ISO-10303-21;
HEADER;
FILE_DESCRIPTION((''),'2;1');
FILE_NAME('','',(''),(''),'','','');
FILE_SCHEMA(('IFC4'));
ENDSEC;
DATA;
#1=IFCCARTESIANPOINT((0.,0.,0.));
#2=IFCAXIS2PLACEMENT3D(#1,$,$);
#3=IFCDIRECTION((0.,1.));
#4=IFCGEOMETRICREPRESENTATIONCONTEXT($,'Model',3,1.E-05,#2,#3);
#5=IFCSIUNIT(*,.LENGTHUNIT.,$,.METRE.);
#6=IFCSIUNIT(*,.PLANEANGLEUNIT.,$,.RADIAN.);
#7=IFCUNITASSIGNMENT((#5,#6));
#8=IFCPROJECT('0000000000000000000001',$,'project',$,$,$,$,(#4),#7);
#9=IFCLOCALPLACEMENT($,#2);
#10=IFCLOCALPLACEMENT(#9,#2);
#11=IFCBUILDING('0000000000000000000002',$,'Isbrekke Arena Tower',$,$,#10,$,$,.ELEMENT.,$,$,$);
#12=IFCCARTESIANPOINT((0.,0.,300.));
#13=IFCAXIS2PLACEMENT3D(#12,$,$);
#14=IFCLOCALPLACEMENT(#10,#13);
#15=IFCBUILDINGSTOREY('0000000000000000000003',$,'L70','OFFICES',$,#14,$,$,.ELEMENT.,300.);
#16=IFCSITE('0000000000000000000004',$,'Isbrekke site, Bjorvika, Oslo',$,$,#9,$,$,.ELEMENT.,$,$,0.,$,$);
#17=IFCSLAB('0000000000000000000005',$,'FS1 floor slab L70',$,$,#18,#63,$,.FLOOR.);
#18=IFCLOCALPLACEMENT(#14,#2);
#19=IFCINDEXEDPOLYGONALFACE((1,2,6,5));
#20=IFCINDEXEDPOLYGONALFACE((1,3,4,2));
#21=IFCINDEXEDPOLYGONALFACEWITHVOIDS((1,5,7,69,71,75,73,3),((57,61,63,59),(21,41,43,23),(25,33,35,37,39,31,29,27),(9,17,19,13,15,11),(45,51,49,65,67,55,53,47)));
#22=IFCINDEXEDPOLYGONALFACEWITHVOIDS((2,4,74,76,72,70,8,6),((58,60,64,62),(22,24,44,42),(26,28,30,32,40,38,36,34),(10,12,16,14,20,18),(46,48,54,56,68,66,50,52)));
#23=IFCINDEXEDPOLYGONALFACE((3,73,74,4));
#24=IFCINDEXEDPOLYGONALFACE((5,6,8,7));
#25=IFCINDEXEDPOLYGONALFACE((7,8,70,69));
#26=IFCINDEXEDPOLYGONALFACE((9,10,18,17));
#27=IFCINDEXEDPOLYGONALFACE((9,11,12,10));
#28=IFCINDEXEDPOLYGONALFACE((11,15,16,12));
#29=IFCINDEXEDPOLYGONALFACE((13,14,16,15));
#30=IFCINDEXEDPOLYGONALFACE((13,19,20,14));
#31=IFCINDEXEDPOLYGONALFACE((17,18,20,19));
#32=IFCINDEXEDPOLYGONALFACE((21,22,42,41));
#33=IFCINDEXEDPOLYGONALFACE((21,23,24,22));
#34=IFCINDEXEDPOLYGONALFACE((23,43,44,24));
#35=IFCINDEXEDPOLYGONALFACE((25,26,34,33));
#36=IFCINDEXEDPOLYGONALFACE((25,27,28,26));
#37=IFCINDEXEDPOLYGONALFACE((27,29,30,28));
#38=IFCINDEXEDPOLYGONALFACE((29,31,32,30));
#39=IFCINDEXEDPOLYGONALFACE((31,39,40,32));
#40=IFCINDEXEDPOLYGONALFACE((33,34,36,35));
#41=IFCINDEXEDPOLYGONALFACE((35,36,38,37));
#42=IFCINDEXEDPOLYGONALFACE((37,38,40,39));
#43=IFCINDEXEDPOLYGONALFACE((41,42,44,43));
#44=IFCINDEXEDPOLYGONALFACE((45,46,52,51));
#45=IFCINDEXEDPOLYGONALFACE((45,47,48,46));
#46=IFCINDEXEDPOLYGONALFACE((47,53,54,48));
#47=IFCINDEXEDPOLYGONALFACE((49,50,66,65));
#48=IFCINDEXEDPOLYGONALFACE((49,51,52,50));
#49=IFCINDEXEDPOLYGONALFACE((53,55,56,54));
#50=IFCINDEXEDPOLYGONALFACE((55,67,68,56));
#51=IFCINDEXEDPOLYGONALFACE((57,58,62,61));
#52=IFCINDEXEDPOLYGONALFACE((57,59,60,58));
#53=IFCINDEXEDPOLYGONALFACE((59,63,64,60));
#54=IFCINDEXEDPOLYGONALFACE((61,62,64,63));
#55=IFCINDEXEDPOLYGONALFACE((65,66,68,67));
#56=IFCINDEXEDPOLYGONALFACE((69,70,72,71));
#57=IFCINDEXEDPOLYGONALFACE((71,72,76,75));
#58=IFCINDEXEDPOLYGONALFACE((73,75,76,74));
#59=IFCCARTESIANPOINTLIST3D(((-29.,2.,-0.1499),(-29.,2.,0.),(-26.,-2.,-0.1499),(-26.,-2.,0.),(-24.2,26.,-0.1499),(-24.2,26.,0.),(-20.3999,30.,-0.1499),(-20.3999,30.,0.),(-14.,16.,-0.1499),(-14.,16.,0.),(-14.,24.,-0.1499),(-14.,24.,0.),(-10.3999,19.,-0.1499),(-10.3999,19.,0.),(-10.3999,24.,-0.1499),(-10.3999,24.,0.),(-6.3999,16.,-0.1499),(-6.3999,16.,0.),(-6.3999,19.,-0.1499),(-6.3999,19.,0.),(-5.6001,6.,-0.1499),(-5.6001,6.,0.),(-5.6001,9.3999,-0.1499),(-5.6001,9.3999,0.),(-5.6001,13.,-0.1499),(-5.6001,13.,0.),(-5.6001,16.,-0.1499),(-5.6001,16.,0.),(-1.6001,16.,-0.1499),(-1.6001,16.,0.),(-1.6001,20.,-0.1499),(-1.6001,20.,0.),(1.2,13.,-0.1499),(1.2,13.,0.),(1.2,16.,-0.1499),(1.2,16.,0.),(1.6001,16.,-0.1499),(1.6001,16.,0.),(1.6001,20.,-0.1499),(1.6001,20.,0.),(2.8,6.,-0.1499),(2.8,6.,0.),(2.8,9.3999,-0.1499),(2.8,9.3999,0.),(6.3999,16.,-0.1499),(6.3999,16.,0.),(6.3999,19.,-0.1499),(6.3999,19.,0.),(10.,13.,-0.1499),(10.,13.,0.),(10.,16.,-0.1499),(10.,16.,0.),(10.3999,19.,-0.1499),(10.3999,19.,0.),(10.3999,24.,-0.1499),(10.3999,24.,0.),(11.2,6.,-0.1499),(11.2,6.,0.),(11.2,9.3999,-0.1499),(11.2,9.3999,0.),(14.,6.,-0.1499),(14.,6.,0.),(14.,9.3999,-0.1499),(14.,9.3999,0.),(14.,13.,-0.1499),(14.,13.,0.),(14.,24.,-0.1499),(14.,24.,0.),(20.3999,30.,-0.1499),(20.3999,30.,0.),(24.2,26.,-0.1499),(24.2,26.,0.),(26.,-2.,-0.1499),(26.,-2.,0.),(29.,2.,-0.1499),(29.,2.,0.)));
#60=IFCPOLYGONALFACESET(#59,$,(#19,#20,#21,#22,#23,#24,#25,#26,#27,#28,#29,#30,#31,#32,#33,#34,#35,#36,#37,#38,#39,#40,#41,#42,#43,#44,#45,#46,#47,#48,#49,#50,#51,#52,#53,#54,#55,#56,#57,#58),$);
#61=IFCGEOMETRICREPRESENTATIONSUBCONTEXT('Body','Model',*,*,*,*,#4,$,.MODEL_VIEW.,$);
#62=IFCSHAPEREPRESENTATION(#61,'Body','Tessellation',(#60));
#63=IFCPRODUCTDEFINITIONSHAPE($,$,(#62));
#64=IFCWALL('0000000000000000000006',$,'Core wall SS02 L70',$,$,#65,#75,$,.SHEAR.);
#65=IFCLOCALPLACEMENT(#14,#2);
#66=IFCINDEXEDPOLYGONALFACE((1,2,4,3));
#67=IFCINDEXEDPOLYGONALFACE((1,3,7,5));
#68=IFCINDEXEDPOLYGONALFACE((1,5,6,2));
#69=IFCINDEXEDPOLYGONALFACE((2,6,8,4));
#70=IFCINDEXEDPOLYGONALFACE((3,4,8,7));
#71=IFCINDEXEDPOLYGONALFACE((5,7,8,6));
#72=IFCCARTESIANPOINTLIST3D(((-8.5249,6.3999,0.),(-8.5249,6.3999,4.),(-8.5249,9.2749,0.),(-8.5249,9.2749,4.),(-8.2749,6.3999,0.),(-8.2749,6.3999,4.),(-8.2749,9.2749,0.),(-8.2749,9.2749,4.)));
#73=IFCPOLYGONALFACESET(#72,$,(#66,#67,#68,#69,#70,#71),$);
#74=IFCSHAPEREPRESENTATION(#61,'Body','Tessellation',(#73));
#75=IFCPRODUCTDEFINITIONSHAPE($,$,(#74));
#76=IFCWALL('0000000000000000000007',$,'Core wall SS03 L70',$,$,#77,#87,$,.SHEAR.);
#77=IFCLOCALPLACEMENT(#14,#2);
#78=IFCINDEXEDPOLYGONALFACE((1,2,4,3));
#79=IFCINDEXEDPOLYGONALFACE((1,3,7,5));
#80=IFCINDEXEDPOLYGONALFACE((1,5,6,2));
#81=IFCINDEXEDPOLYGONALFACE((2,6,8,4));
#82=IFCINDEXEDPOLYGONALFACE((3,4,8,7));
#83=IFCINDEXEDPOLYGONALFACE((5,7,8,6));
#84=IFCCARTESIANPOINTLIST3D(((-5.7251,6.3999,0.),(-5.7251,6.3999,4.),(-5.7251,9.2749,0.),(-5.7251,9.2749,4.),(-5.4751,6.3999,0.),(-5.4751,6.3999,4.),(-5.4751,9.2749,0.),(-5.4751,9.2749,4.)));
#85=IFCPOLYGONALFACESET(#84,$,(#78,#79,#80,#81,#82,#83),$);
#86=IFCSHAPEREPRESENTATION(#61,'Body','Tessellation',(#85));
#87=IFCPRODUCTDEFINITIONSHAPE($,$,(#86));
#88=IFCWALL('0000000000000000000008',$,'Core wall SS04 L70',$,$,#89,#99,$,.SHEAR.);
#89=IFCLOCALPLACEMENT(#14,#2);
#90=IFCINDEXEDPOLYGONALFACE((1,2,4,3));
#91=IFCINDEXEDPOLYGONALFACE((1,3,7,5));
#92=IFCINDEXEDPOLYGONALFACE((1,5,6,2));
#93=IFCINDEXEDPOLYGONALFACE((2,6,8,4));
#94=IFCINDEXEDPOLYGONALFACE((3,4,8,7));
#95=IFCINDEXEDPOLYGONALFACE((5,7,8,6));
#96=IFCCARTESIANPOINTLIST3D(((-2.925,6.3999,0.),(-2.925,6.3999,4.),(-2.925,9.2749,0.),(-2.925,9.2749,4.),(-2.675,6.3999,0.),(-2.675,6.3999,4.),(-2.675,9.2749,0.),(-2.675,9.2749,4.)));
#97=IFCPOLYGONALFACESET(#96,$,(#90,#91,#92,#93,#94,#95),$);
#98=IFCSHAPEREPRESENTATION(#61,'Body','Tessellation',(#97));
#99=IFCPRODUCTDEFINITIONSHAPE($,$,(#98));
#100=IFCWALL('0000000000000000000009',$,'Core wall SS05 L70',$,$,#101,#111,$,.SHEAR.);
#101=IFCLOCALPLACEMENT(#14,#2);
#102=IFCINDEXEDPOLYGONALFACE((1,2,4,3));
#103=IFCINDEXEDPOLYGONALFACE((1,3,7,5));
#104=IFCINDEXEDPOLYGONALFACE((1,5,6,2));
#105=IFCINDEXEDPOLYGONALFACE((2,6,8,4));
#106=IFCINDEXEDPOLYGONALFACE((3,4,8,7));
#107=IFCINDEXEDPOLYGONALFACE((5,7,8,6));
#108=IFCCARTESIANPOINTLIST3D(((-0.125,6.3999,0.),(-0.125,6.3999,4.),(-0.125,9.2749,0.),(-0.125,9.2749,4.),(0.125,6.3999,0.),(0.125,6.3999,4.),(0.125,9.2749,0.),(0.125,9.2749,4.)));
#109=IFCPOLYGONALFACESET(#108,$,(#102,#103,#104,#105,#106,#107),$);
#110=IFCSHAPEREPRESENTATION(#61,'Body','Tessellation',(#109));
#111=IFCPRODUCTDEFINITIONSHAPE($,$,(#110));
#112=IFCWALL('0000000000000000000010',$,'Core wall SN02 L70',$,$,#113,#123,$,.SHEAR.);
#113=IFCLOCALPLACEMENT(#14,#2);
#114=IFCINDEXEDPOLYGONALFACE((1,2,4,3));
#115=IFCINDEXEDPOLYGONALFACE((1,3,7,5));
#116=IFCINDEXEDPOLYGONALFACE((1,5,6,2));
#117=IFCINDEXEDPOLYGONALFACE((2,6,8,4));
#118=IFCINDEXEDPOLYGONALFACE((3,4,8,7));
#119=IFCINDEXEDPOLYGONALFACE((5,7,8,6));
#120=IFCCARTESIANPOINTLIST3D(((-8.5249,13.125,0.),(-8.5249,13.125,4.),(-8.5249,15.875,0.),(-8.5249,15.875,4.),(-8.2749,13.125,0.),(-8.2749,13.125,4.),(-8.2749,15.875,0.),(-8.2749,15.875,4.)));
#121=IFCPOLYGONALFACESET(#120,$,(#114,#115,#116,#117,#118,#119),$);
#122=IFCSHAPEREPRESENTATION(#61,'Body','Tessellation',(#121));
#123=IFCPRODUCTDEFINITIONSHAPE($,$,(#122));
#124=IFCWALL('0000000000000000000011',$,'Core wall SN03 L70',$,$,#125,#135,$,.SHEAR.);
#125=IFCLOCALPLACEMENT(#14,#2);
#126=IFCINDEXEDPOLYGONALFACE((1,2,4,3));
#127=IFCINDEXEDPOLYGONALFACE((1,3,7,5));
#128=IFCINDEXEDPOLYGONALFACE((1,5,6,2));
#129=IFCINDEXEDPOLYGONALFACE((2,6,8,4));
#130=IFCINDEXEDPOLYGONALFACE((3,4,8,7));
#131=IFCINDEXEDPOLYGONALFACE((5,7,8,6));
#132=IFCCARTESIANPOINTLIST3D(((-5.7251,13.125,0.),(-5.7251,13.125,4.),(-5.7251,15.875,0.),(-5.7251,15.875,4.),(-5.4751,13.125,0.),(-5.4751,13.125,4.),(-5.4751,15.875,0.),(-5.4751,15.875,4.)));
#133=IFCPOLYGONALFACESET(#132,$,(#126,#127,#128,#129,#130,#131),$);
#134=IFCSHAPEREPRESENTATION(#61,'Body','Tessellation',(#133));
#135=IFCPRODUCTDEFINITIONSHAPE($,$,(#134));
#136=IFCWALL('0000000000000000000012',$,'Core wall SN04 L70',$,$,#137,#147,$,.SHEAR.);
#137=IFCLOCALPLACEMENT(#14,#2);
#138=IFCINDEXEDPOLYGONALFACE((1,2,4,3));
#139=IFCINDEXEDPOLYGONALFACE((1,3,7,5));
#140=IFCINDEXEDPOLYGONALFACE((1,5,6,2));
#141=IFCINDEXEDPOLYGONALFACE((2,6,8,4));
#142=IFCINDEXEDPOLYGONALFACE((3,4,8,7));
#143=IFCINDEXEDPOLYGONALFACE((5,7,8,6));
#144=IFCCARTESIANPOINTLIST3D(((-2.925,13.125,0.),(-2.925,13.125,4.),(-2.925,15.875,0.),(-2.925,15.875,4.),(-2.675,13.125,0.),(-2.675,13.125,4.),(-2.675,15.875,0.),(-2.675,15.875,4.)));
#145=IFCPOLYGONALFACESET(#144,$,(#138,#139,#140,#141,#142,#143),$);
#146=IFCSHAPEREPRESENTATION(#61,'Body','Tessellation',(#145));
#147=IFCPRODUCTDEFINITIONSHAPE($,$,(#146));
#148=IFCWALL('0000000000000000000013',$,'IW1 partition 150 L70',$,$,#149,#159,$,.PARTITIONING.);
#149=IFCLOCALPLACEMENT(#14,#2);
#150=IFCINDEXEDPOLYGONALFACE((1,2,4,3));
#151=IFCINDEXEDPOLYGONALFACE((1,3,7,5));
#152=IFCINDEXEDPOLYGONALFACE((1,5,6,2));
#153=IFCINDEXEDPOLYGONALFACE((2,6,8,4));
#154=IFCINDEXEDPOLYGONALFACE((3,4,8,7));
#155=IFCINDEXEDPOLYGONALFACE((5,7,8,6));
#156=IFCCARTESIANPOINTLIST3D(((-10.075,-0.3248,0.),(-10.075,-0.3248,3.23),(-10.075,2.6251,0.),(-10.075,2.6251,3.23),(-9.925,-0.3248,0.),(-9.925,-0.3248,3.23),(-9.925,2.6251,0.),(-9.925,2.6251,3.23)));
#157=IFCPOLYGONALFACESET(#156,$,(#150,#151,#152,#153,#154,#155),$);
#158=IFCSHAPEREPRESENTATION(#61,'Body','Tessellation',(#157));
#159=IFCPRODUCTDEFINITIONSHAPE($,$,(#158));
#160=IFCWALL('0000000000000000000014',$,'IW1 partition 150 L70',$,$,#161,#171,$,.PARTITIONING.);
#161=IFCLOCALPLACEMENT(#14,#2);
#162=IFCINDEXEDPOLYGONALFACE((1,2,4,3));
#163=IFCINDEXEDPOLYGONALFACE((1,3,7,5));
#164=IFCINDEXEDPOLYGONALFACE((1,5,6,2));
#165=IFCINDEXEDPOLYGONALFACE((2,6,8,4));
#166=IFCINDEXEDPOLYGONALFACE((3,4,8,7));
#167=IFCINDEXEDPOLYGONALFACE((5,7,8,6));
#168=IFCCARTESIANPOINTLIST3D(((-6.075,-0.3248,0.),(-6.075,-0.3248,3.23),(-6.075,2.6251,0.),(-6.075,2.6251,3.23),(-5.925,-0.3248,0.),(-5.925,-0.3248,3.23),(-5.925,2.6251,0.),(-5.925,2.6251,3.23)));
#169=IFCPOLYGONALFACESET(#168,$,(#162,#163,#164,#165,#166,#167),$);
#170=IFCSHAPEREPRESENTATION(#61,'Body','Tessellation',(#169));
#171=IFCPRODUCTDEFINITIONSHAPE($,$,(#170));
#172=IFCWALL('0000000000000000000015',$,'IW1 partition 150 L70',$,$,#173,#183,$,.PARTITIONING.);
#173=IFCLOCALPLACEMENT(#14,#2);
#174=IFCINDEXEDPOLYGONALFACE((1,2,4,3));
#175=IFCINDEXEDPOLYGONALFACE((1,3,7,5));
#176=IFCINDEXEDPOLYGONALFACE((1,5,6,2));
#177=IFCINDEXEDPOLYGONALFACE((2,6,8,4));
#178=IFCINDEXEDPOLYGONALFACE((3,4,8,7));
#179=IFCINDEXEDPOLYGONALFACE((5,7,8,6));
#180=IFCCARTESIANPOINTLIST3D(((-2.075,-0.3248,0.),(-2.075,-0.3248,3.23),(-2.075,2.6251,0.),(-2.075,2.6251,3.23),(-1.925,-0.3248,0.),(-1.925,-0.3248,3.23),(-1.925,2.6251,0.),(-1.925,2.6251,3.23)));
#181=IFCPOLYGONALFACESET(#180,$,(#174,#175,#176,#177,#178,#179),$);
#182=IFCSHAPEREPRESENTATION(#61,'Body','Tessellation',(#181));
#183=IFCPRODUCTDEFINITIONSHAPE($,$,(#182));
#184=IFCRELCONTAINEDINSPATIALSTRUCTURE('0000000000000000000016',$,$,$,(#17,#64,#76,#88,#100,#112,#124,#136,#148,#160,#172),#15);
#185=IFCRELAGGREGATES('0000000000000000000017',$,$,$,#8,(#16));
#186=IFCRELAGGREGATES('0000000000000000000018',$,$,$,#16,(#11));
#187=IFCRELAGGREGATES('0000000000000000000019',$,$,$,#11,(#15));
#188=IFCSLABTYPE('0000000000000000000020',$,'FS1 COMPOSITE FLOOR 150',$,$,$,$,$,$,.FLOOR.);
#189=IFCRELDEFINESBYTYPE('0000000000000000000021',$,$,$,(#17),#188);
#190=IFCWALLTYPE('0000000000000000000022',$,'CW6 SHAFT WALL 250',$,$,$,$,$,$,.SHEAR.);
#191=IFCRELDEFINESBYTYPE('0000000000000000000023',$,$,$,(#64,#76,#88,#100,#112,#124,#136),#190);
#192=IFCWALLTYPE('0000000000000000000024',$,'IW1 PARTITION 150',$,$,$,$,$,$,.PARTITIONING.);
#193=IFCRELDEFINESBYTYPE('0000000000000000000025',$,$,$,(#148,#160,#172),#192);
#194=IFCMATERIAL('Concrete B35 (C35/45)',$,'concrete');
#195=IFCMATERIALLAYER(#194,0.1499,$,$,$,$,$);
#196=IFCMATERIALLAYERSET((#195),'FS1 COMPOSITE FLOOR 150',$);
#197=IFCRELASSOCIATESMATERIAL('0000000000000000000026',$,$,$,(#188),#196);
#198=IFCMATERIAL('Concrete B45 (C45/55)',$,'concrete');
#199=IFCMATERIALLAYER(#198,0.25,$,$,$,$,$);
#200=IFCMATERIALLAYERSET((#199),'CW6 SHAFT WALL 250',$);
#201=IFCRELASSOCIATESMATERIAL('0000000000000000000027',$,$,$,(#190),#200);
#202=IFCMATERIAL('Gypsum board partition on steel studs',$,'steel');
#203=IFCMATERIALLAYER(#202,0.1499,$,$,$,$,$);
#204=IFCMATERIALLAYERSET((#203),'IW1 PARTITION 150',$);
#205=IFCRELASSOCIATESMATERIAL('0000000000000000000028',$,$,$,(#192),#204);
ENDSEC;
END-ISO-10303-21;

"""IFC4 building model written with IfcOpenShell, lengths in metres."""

from ifc_helpers import new_model, si_unit, direction, frame, frame_2d, origin, place, context, subcontext, project, spatial, polyline, rectangle, outline, extrude, material, layer, layer_set, type_object, element, save


model = new_model("IFC4")

# Units and contexts
model_context = context("Model", 3, precision=1e-05, world=origin(), true_north=direction((0.0, 1.0)))
body_context = subcontext(model_context, "Body", "Model", "MODEL_VIEW")
ifc_project = project(units=[si_unit("LENGTHUNIT", "METRE"), si_unit("PLANEANGLEUNIT", "RADIAN")], contexts=[model_context])

# Site, building, storey
site_placement = place(None, origin())
site = spatial("IfcSite", under=ifc_project, at=site_placement, Name="Isbrekke site, Bjorvika, Oslo", CompositionType="ELEMENT", RefElevation=0.0)
building_placement = place(site_placement, origin())
building = spatial("IfcBuilding", under=site, at=building_placement, Name="Isbrekke Arena Tower", CompositionType="ELEMENT")
storey_placement = place(building_placement, frame((0.0, 0.0, 300.0)))
storey = spatial("IfcBuildingStorey", under=building, at=storey_placement, Name="L70", Description="OFFICES", CompositionType="ELEMENT", Elevation=300.0)

# Slab
ifc_material_1 = material(Name="Concrete B35 (C35/45)", Category="concrete")
ifc_layer_1 = layer(ifc_material_1, 0.1499)
ifc_layer_set_1 = layer_set([ifc_layer_1], Name="FS1 COMPOSITE FLOOR 150")
slab_type = type_object("IfcSlabType", Name="FS1 COMPOSITE FLOOR 150", PredefinedType="FLOOR", material=ifc_layer_set_1)
slab_placement = place(storey_placement, frame((0.0, 0.0, -0.1499)))
element("IfcSlab", 1, at=slab_placement, inside=storey, type_object=slab_type, Name="FS1 floor slab L70", PredefinedType="FLOOR", context=body_context, shape_type="SweptSolid", body=[
    extrude(outline(polyline([(-26.0, -2.0), (26.0, -2.0), (29.0, 2.0), (24.2, 26.0), (20.3999, 30.0), (-20.3999, 30.0), (-24.2, 26.0), (-29.0, 2.0), (-26.0, -2.0)]), holes=[polyline([(2.8, 9.3999), (2.8, 6.0), (-5.6001, 6.0), (-5.6001, 9.3999), (2.8, 9.3999)]), polyline([(11.2, 6.0), (11.2, 9.3999), (14.0, 9.3999), (14.0, 6.0), (11.2, 6.0)]), polyline([(-5.6001, 13.0), (-5.6001, 16.0), (-1.6001, 16.0), (-1.6001, 20.0), (1.6001, 20.0), (1.6001, 16.0), (1.2, 16.0), (1.2, 13.0), (-5.6001, 13.0)]), polyline([(14.0, 13.0), (10.0, 13.0), (10.0, 16.0), (6.3999, 16.0), (6.3999, 19.0), (10.3999, 19.0), (10.3999, 24.0), (14.0, 24.0), (14.0, 13.0)]), polyline([(-6.3999, 19.0), (-6.3999, 16.0), (-14.0, 16.0), (-14.0, 24.0), (-10.3999, 24.0), (-10.3999, 19.0), (-6.3999, 19.0)])]), origin(), (0.0, 0.0, 1.0), 0.1499),
])

# Walls
ifc_material_2 = material(Name="Concrete B45 (C45/55)", Category="concrete")
ifc_layer_2 = layer(ifc_material_2, 0.25)
ifc_layer_set_2 = layer_set([ifc_layer_2], Name="CW6 SHAFT WALL 250")
wall_type_1 = type_object("IfcWallType", Name="CW6 SHAFT WALL 250", PredefinedType="SHEAR", material=ifc_layer_set_2)
for number, where, z_axis, x_axis, name in (
    (2, (-8.3999, 6.3999, 0.0), (0.0, 0.0, 1.0), (0.0, 1.0, 0.0), "Core wall SS02 L70"),
    (3, (-5.6001, 6.3999, 0.0), (0.0, 0.0, 1.0), (0.0, 1.0, 0.0), "Core wall SS03 L70"),
    (4, (-2.8, 6.3999, 0.0), (0.0, 0.0, 1.0), (0.0, 1.0, 0.0), "Core wall SS04 L70"),
    (5, (0.0, 6.3999, 0.0), (0.0, 0.0, 1.0), (0.0, 1.0, 0.0), "Core wall SS05 L70"),
):
    element("IfcWall", number, at=place(storey_placement, frame(where, z_axis=z_axis, x_axis=x_axis)), inside=storey, type_object=wall_type_1, Name=name, PredefinedType="SHEAR", context=body_context, shape_type="SweptSolid", body=[
        extrude(rectangle(XDim=2.875, YDim=0.25, at=frame_2d((1.4375, 0.0))), origin(), (0.0, 0.0, 1.0), 4.0),
    ])
for number, where, z_axis, x_axis, name in (
    (6, (-8.3999, 13.125, 0.0), (0.0, 0.0, 1.0), (0.0, 1.0, 0.0), "Core wall SN02 L70"),
    (7, (-5.6001, 13.125, 0.0), (0.0, 0.0, 1.0), (0.0, 1.0, 0.0), "Core wall SN03 L70"),
    (8, (-2.8, 13.125, 0.0), (0.0, 0.0, 1.0), (0.0, 1.0, 0.0), "Core wall SN04 L70"),
):
    element("IfcWall", number, at=place(storey_placement, frame(where, z_axis=z_axis, x_axis=x_axis)), inside=storey, type_object=wall_type_1, Name=name, PredefinedType="SHEAR", context=body_context, shape_type="SweptSolid", body=[
        extrude(rectangle(XDim=2.75, YDim=0.25, at=frame_2d((1.375, 0.0))), origin(), (0.0, 0.0, 1.0), 4.0),
    ])
ifc_material_3 = material(Name="Gypsum board partition on steel studs", Category="steel")
ifc_layer_3 = layer(ifc_material_3, 0.1499)
ifc_layer_set_3 = layer_set([ifc_layer_3], Name="IW1 PARTITION 150")
wall_type_2 = type_object("IfcWallType", Name="IW1 PARTITION 150", PredefinedType="PARTITIONING", material=ifc_layer_set_3)
for number, where, z_axis, x_axis, name in (
    (9, (-10.0, -0.325, 0.0), (0.0, 0.0, 1.0), (0.0, 1.0, 0.0), "IW1 partition 150 L70"),
    (10, (-6.0, -0.325, 0.0), (0.0, 0.0, 1.0), (0.0, 1.0, 0.0), "IW1 partition 150 L70"),
    (11, (-2.0, -0.325, 0.0), (0.0, 0.0, 1.0), (0.0, 1.0, 0.0), "IW1 partition 150 L70"),
):
    element("IfcWall", number, at=place(storey_placement, frame(where, z_axis=z_axis, x_axis=x_axis)), inside=storey, type_object=wall_type_2, Name=name, PredefinedType="PARTITIONING", context=body_context, shape_type="SweptSolid", body=[
        extrude(rectangle(XDim=2.95, YDim=0.1499, at=frame_2d((1.4751, 0.0))), origin(), (0.0, 0.0, 1.0), 3.23),
    ])

save(model, "model.ifc")
